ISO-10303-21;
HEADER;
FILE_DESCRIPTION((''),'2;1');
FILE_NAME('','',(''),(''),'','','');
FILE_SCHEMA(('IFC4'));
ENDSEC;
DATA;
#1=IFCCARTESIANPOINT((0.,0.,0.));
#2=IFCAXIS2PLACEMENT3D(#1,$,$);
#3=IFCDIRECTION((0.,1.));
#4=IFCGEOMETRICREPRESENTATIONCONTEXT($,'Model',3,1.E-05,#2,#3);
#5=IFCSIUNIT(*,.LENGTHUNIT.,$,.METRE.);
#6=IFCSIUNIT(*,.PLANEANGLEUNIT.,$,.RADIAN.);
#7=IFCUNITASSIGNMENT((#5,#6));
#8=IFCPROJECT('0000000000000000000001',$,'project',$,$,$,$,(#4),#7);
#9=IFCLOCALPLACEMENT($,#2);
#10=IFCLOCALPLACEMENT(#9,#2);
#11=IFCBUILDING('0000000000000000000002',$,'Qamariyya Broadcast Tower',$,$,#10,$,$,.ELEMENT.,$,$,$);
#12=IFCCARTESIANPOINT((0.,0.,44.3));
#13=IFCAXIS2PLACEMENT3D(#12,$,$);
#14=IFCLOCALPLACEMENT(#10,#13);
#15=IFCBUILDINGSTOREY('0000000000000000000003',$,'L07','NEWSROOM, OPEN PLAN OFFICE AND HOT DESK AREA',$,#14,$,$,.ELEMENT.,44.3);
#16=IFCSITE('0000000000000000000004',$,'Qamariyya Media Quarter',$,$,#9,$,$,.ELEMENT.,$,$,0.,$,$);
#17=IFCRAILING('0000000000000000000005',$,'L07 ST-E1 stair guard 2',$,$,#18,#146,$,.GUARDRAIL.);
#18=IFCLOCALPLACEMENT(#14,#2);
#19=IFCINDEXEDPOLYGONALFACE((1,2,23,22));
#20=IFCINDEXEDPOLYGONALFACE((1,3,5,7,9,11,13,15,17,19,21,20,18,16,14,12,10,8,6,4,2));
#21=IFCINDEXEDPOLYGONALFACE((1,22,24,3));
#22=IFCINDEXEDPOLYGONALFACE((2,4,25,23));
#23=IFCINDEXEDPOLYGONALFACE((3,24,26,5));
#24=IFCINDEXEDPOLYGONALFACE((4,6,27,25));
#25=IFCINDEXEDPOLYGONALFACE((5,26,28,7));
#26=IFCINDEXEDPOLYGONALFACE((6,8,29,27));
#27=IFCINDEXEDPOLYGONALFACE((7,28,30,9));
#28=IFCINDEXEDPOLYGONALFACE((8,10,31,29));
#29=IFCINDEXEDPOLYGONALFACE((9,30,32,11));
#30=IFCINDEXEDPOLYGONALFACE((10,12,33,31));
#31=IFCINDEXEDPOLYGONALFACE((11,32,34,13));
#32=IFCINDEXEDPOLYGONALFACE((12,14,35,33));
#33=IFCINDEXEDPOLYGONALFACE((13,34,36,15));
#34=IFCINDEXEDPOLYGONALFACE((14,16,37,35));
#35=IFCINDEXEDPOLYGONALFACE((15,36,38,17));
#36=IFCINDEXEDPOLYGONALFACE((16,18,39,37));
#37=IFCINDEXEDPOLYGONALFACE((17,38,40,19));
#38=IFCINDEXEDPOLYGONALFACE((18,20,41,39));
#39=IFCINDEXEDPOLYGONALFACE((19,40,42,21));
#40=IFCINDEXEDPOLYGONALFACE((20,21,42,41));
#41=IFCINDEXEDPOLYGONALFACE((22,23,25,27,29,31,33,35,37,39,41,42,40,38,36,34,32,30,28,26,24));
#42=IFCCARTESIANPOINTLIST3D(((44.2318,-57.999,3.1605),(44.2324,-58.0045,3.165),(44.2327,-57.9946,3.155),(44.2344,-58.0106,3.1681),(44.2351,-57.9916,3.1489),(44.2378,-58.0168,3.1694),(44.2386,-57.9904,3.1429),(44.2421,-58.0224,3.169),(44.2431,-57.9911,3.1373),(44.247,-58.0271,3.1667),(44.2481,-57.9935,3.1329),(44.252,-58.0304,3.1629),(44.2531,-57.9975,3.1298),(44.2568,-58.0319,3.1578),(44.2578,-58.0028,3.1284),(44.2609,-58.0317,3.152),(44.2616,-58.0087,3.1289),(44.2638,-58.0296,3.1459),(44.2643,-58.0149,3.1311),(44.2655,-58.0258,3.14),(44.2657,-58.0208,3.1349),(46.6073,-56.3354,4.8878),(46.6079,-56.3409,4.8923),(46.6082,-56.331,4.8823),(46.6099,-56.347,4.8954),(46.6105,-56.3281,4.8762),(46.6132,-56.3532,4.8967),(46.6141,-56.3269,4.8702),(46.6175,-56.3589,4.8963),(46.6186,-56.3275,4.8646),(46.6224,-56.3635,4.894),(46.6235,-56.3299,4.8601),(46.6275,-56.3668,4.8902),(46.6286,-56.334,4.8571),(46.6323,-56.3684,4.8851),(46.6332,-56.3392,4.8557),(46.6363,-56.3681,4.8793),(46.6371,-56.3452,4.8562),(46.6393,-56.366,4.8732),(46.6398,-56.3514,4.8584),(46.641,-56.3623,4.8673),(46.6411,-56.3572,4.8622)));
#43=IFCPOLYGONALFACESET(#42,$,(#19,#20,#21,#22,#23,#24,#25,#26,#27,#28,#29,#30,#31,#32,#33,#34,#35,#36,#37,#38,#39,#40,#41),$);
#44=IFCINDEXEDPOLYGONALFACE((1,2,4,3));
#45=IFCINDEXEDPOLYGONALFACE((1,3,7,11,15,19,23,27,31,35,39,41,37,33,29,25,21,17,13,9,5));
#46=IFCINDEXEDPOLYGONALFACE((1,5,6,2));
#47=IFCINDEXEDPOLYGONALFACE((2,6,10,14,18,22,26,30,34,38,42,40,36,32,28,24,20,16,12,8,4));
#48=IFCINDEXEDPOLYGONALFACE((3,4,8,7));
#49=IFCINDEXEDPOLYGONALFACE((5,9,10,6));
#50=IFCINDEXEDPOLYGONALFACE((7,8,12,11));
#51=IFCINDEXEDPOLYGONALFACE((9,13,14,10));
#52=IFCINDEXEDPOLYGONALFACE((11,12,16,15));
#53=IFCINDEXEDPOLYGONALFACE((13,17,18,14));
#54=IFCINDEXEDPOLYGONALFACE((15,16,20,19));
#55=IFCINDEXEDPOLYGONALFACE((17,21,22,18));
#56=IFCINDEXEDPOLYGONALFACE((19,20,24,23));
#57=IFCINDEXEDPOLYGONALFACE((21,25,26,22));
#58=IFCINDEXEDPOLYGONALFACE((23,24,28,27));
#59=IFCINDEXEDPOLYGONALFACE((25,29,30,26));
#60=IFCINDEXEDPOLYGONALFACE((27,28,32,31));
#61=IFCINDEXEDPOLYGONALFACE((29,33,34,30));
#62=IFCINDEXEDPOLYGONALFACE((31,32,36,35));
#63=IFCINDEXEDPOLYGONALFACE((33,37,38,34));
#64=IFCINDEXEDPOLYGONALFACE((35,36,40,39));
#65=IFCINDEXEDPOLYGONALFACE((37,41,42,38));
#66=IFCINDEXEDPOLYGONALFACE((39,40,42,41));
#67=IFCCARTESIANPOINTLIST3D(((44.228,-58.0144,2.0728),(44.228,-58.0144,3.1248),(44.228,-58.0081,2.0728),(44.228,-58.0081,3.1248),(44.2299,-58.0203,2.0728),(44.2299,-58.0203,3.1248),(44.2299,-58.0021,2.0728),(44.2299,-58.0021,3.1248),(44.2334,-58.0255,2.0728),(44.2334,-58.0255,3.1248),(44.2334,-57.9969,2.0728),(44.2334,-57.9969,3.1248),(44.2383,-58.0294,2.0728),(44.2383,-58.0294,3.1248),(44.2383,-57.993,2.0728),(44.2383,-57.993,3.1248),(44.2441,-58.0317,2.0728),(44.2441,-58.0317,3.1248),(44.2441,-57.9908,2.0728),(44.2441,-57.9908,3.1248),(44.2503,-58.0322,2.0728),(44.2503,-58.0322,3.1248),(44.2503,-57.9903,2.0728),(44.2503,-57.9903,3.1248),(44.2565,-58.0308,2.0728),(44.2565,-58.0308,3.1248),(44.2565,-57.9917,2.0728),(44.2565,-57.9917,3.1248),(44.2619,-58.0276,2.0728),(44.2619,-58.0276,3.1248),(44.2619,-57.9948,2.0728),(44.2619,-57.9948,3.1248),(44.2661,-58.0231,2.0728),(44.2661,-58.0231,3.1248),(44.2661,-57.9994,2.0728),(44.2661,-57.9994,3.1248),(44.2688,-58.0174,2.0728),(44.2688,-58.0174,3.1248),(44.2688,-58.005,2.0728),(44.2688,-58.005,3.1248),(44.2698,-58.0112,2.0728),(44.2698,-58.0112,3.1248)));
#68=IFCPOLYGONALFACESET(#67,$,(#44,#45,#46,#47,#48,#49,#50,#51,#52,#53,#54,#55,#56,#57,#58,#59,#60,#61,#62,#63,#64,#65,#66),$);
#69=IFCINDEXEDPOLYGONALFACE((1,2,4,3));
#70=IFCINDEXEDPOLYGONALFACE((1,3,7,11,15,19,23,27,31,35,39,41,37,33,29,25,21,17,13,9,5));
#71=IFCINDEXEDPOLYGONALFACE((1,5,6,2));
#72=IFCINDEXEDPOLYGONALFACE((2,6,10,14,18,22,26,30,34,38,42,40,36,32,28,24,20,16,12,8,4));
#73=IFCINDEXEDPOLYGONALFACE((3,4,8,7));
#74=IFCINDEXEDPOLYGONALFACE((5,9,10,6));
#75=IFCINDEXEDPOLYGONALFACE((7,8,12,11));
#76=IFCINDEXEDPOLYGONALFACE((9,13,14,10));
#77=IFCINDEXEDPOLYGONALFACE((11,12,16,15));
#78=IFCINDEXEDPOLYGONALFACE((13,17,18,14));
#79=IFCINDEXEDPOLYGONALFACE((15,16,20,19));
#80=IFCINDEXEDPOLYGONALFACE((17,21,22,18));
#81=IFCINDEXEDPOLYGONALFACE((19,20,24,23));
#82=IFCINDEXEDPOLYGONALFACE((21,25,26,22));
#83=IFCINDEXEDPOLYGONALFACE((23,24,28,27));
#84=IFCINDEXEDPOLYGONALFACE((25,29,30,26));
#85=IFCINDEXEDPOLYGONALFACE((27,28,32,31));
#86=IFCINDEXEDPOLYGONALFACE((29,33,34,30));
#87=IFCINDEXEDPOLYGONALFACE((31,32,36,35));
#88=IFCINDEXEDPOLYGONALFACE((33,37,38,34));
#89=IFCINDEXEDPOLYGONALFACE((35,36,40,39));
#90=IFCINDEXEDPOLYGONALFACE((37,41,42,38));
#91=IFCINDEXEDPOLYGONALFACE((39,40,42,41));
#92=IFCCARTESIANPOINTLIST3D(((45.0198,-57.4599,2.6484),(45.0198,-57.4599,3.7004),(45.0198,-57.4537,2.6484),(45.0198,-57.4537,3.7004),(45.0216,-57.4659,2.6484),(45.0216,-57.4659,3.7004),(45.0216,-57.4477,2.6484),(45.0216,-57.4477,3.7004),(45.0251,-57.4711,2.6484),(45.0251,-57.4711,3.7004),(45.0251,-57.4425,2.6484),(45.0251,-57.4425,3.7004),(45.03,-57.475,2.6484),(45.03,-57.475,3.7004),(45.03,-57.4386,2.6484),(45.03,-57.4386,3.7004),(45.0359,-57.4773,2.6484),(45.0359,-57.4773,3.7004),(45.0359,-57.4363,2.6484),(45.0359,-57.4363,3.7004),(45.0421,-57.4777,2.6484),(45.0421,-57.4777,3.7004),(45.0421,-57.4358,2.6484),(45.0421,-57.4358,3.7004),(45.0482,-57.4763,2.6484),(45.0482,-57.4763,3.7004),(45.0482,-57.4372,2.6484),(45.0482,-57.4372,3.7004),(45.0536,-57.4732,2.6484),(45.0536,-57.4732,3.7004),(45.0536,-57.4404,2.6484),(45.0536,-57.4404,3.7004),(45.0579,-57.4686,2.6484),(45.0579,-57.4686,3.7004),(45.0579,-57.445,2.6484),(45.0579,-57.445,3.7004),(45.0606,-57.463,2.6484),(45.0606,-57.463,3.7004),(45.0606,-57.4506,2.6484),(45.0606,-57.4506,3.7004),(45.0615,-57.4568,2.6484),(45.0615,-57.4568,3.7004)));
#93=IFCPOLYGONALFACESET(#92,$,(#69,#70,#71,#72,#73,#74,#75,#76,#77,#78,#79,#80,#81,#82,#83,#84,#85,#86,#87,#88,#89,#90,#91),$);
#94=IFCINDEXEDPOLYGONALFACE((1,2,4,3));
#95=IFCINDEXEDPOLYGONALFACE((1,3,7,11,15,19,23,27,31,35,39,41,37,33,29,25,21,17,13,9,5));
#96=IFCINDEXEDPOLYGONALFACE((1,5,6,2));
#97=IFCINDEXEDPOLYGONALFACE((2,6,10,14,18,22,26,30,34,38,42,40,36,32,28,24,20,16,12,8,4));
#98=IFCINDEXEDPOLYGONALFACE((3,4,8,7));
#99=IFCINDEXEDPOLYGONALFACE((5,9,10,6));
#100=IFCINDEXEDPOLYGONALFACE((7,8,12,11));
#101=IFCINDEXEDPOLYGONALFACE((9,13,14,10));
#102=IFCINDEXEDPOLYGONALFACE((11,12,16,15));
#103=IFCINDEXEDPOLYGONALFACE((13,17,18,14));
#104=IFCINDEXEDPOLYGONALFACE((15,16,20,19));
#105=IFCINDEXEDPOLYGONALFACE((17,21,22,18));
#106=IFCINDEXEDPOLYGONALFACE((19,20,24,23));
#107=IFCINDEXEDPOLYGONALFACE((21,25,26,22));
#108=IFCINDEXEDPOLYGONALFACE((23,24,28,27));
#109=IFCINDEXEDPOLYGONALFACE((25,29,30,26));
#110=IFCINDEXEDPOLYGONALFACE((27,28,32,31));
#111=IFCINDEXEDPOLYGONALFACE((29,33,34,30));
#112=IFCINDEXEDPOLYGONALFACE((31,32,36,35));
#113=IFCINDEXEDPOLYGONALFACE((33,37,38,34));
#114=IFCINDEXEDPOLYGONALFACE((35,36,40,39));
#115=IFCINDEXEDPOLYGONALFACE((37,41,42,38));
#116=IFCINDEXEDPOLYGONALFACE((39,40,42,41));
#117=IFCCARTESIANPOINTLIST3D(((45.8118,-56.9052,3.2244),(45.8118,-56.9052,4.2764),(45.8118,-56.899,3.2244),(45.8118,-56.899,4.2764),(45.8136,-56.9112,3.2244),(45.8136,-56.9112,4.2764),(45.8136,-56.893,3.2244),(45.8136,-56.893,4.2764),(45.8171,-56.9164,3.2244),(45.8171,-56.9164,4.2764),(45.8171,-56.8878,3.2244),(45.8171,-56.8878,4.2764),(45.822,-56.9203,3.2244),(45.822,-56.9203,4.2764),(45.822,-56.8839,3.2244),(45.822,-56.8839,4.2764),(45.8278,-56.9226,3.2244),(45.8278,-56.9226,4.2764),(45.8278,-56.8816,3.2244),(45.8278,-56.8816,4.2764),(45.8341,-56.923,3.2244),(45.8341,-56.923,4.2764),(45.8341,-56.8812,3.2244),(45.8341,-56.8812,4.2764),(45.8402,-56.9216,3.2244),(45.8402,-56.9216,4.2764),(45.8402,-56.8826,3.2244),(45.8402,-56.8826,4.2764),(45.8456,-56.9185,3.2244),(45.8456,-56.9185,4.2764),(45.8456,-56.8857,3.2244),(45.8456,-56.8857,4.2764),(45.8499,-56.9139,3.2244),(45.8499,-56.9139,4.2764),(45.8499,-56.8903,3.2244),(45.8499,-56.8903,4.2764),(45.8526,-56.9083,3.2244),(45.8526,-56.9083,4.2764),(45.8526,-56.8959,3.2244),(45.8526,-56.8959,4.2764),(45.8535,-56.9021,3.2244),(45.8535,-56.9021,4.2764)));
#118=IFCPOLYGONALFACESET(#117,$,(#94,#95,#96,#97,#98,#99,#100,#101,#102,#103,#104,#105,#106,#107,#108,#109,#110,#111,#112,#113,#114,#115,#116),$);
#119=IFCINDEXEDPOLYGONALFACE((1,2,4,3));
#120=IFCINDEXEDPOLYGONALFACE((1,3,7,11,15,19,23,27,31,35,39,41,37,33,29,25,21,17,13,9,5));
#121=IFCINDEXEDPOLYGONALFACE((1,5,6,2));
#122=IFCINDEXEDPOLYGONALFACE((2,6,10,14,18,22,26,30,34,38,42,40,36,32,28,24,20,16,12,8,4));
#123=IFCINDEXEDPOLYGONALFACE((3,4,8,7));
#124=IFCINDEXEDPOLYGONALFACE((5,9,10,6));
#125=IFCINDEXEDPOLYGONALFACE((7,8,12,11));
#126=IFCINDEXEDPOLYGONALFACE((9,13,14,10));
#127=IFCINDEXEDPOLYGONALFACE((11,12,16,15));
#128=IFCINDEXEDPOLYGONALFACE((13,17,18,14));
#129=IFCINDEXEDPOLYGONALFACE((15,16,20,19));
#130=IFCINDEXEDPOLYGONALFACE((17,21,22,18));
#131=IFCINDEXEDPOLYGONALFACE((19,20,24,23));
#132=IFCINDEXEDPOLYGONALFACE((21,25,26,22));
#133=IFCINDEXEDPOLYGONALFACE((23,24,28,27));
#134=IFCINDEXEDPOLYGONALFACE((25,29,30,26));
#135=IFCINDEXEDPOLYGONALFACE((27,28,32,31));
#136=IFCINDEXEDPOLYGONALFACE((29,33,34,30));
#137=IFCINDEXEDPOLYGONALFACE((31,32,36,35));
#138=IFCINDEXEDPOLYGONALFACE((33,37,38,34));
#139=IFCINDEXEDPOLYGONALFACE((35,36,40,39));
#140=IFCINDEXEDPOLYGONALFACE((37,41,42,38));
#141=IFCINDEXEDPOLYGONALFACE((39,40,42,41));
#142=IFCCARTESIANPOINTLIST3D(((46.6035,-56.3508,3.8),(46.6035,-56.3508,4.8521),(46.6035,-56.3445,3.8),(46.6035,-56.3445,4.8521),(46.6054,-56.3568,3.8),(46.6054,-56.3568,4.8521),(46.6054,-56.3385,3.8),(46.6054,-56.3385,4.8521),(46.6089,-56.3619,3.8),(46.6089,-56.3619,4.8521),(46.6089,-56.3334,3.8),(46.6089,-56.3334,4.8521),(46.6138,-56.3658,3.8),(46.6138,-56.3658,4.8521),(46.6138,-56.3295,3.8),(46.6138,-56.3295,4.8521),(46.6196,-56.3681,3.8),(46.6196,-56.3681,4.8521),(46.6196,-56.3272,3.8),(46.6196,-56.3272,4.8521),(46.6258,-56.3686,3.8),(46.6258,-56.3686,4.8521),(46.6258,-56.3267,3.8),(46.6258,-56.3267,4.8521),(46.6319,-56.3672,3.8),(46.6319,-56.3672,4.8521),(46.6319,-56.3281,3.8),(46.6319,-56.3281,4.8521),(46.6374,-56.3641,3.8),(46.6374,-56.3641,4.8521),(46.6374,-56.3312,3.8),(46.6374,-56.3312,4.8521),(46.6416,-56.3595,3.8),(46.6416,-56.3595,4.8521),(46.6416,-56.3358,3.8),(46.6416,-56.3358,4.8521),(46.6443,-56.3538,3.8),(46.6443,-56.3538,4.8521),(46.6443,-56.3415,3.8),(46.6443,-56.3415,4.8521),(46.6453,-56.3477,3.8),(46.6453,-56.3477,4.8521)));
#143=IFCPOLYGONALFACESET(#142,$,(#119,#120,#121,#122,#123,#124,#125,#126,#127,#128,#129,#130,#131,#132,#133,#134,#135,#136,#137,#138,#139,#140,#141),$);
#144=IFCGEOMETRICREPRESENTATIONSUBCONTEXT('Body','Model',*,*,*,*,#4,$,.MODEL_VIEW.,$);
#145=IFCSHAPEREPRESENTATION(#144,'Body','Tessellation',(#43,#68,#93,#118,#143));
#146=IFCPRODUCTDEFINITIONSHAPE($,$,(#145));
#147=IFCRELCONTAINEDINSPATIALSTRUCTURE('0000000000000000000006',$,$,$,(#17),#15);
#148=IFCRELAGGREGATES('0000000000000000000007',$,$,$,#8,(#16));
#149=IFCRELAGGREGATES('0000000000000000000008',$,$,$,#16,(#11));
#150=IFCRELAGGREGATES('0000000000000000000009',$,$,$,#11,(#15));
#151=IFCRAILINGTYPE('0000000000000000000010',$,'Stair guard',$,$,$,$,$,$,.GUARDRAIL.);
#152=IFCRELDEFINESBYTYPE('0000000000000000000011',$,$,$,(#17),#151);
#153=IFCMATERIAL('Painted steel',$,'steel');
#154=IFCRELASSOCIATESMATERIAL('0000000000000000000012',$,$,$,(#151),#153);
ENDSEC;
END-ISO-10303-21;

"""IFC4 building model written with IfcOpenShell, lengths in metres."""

from ifc_helpers import new_model, si_unit, direction, frame, origin, origin_2d, place, context, subcontext, project, spatial, circle, extrude, material, type_object, element, save


model = new_model("IFC4")

# Units and contexts
model_context = context("Model", 3, precision=1e-05, world=origin(), true_north=direction((0.0, 1.0)))
body_context = subcontext(model_context, "Body", "Model", "MODEL_VIEW")
ifc_project = project(units=[si_unit("LENGTHUNIT", "METRE"), si_unit("PLANEANGLEUNIT", "RADIAN")], contexts=[model_context])

# Site, building, storey
site_placement = place(None, origin())
site = spatial("IfcSite", under=ifc_project, at=site_placement, Name="Qamariyya Media Quarter", CompositionType="ELEMENT", RefElevation=0.0)
building_placement = place(site_placement, origin())
building = spatial("IfcBuilding", under=site, at=building_placement, Name="Qamariyya Broadcast Tower", CompositionType="ELEMENT")
storey_placement = place(building_placement, frame((0.0, 0.0, 44.3)))
storey = spatial("IfcBuildingStorey", under=building, at=storey_placement, Name="L07", Description="NEWSROOM, OPEN PLAN OFFICE AND HOT DESK AREA", CompositionType="ELEMENT", Elevation=44.3)

# Railing
ifc_material_1 = material(Name="Painted steel", Category="steel")
railing_type_1 = type_object("IfcRailingType", Name="Stair guard", PredefinedType="GUARDRAIL", material=ifc_material_1)
railing_1_placement = place(storey_placement, frame((44.2488, -58.0112, 2.0728)))
element("IfcRailing", 1, at=railing_1_placement, inside=storey, type_object=railing_type_1, Name="L07 ST-E1 stair guard 2", PredefinedType="GUARDRAIL", context=body_context, shape_type="SweptSolid", body=[
    extrude(circle(Radius=0.0239, at=origin_2d()), frame((0.0, 0.0, 1.0762), z_axis=(0.703745, 0.492838, 0.511716), x_axis=(-0.573632, 0.819113, 0.0)), (0.0, 0.0, 1.0), 3.3755),
    extrude(circle(Radius=0.021, at=origin_2d()), origin(), (0.0, 0.0, 1.0), 1.052),
    extrude(circle(Radius=0.021, at=origin_2d()), frame((0.7917, 0.5544, 0.5757)), (0.0, 0.0, 1.0), 1.052),
    extrude(circle(Radius=0.021, at=origin_2d()), frame((1.5837, 1.1091, 1.1516)), (0.0, 0.0, 1.0), 1.052),
    extrude(circle(Radius=0.021, at=origin_2d()), frame((2.3755, 1.6636, 1.7273)), (0.0, 0.0, 1.0), 1.052),
])

save(model, "model.ifc")
